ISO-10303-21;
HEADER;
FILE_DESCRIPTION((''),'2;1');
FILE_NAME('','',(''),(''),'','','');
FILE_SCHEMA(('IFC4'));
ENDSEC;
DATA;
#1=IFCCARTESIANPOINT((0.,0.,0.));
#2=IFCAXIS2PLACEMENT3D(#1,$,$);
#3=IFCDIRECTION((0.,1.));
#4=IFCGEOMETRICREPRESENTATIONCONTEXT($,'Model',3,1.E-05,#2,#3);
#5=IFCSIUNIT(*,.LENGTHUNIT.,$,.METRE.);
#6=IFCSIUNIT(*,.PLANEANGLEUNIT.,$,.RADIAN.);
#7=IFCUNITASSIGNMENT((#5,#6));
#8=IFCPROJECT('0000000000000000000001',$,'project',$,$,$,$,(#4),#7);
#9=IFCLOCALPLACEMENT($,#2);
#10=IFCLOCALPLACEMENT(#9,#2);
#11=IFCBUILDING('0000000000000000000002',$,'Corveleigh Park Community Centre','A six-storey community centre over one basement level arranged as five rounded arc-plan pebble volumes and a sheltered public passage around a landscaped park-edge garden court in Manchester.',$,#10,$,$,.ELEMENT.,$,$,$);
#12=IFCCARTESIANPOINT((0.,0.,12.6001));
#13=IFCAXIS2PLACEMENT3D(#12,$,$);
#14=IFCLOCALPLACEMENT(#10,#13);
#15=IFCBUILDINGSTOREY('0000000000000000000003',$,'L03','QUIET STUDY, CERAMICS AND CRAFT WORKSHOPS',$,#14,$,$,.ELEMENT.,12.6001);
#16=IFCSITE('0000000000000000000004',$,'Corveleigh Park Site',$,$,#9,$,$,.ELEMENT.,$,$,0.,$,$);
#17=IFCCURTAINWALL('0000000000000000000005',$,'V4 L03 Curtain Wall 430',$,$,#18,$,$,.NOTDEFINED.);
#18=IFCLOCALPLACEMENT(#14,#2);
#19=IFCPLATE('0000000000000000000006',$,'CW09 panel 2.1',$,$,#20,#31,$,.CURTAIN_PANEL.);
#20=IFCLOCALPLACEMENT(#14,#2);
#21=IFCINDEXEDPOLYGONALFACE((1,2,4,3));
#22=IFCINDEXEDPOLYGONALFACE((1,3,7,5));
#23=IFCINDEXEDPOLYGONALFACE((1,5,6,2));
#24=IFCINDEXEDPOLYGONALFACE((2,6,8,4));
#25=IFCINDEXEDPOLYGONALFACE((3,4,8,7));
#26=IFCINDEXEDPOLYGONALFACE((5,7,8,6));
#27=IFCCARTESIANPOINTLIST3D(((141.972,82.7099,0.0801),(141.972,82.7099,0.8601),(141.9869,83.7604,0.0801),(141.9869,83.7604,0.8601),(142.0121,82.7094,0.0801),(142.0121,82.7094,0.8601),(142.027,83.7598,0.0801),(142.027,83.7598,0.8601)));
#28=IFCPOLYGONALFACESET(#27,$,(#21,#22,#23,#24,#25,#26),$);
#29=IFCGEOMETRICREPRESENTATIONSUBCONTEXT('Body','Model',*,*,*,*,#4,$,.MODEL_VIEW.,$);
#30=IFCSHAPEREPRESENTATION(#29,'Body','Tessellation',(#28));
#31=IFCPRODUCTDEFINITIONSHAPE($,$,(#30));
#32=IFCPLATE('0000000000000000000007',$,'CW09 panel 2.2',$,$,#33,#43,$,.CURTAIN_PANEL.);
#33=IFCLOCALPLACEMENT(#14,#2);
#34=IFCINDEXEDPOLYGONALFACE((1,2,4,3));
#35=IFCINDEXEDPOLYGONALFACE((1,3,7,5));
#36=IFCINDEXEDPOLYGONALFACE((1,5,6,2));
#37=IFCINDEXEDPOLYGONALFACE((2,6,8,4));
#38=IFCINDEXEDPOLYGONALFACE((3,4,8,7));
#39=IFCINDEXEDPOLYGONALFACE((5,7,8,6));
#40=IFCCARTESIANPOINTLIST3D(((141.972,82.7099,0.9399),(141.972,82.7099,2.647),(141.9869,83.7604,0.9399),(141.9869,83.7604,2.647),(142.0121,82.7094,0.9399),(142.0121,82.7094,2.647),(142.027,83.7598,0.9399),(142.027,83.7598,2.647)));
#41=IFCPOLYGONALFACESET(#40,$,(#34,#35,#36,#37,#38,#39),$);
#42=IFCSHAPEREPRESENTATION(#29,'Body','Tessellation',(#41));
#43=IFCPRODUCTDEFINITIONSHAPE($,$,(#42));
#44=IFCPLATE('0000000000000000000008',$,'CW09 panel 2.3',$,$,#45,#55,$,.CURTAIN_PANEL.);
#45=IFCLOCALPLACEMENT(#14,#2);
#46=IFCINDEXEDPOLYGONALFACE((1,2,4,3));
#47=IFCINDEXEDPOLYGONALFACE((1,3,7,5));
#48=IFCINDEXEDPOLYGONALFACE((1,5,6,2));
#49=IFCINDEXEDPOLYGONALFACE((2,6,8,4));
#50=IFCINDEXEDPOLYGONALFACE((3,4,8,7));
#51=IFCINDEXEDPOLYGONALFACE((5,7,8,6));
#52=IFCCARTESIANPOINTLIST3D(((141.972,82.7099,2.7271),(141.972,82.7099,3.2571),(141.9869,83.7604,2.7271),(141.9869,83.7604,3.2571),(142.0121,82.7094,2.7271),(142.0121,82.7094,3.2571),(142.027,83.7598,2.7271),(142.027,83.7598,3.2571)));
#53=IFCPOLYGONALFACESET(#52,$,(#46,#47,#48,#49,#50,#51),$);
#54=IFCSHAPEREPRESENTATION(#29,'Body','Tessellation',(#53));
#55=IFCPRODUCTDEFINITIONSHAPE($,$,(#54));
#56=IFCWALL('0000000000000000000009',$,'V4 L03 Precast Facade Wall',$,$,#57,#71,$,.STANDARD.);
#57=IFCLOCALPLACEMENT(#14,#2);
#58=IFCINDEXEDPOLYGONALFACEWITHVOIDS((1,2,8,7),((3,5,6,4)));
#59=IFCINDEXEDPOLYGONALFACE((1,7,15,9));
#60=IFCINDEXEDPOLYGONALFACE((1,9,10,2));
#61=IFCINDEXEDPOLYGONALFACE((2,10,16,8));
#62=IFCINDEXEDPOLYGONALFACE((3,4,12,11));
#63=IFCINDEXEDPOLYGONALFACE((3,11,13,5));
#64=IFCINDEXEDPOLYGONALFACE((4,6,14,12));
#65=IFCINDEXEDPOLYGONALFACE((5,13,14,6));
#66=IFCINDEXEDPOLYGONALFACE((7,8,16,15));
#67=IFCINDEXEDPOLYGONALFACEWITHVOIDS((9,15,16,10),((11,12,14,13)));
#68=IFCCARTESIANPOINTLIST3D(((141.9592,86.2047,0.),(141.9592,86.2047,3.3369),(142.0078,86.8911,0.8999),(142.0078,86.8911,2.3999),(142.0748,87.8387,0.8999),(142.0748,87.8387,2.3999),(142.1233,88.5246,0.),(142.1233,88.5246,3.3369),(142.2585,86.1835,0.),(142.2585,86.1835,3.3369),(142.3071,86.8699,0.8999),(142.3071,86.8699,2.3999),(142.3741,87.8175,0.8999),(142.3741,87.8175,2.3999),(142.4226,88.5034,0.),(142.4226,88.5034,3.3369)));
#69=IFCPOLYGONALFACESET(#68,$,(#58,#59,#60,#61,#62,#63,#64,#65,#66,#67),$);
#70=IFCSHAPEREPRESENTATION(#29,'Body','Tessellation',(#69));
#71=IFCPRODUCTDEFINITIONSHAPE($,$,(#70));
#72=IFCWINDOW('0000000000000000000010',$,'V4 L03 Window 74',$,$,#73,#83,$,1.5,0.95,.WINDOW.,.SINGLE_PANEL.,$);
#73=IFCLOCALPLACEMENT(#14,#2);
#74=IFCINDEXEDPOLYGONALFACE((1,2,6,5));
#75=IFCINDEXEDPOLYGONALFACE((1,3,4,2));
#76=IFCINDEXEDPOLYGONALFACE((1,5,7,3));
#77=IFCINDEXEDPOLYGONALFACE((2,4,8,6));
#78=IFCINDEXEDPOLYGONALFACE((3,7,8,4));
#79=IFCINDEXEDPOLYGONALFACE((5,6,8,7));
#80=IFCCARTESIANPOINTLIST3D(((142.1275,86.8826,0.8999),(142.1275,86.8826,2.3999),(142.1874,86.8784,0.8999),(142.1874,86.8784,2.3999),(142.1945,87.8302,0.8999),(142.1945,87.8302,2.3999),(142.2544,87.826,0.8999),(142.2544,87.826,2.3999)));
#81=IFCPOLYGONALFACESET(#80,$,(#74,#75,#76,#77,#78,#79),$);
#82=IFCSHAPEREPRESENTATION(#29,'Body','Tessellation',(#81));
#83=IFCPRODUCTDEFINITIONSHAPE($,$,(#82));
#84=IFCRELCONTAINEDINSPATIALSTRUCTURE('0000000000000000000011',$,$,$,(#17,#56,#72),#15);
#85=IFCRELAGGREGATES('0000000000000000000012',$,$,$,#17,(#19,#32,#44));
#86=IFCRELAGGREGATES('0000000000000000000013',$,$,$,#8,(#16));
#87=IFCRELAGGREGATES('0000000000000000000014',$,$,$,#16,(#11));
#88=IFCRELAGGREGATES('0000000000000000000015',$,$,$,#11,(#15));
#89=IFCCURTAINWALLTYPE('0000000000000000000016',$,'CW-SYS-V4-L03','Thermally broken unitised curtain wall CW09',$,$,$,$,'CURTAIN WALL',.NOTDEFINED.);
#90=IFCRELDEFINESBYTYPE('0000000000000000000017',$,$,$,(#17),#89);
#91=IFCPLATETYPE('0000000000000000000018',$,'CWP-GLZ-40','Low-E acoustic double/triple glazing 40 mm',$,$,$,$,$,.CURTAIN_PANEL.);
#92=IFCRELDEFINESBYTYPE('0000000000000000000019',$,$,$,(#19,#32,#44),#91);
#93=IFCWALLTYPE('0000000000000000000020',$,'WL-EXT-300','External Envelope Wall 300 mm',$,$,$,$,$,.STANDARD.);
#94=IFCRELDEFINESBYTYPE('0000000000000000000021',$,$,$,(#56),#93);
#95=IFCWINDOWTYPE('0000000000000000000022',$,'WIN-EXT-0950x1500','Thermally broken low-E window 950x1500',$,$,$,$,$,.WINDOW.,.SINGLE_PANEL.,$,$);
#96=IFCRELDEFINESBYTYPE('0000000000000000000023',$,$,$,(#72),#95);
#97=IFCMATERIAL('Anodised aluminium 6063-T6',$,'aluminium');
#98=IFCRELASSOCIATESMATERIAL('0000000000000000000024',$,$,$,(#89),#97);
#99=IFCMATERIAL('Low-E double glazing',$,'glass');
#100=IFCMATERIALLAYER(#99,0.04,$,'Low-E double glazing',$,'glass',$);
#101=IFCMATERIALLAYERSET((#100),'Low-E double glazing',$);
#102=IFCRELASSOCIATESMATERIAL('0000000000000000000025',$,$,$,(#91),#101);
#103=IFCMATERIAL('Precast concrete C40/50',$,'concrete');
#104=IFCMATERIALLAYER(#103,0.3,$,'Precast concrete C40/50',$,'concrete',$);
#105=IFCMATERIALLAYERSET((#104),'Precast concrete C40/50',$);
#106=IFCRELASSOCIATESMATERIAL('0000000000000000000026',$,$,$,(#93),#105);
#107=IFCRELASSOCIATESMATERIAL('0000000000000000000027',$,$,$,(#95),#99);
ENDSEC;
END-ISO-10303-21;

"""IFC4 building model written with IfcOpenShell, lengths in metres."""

from ifc_helpers import new_model, si_unit, direction, frame, frame_2d, origin, origin_2d, place, context, subcontext, project, spatial, rectangle, extrude, material, layer, layer_set, type_object, element, fill, aggregate, save


model = new_model("IFC4")

# Units and contexts
model_context = context("Model", 3, precision=1e-05, world=origin(), true_north=direction((0.0, 1.0)))
body_context = subcontext(model_context, "Body", "Model", "MODEL_VIEW")
ifc_project = project(units=[si_unit("LENGTHUNIT", "METRE"), si_unit("PLANEANGLEUNIT", "RADIAN")], contexts=[model_context])

# Site, building, storey
site_placement = place(None, origin())
site = spatial("IfcSite", under=ifc_project, at=site_placement, Name="Corveleigh Park Site", CompositionType="ELEMENT", RefElevation=0.0)
building_placement = place(site_placement, origin())
building = spatial("IfcBuilding", under=site, at=building_placement, Name="Corveleigh Park Community Centre", Description="A six-storey community centre over one basement level arranged as five rounded arc-plan pebble volumes and a sheltered public passage around a landscaped park-edge garden court in Manchester.", CompositionType="ELEMENT")
storey_placement = place(building_placement, frame((0.0, 0.0, 12.6001)))
storey = spatial("IfcBuildingStorey", under=building, at=storey_placement, Name="L03", Description="QUIET STUDY, CERAMICS AND CRAFT WORKSHOPS", CompositionType="ELEMENT", Elevation=12.6001)

# Shared definitions
ifc_material_1 = material(Name="Anodised aluminium 6063-T6", Category="aluminium")
curtain_wall_type = type_object("IfcCurtainWallType", Name="CW-SYS-V4-L03", Description="Thermally broken unitised curtain wall CW09", ElementType="CURTAIN WALL", PredefinedType="NOTDEFINED", material=ifc_material_1)

# Curtain wall
curtain_wall_1_placement = place(storey_placement, origin())
curtain_wall_1 = element("IfcCurtainWall", 1, at=curtain_wall_1_placement, inside=storey, type_object=curtain_wall_type, Name="V4 L03 Curtain Wall 430", PredefinedType="NOTDEFINED")

# Plates
ifc_material_2 = material(Name="Low-E double glazing", Category="glass")
ifc_layer_1 = layer(ifc_material_2, 0.04, Name="Low-E double glazing", Category="glass")
ifc_layer_set_1 = layer_set([ifc_layer_1], Name="Low-E double glazing")
plate_type = type_object("IfcPlateType", Name="CWP-GLZ-40", Description="Low-E acoustic double/triple glazing 40 mm", PredefinedType="CURTAIN_PANEL", material=ifc_layer_set_1)
plate_1_placement = place(storey_placement, frame((141.9995, 83.2349, 0.0801), z_axis=(0.0, 0.0, 1.0), x_axis=(0.014186, 0.999899, 0.0)))
plate_1 = element("IfcPlate", 2, at=plate_1_placement, type_object=plate_type, Name="CW09 panel 2.1", PredefinedType="CURTAIN_PANEL", context=body_context, shape_type="SweptSolid", body=[
    extrude(rectangle(XDim=1.0505, YDim=0.04, at=origin_2d()), origin(), (0.0, 0.0, 1.0), 0.78),
])
plate_2_placement = place(storey_placement, frame((141.9995, 83.2349, 0.9399), z_axis=(0.0, 0.0, 1.0), x_axis=(0.014186, 0.999899, 0.0)))
plate_2 = element("IfcPlate", 3, at=plate_2_placement, type_object=plate_type, Name="CW09 panel 2.2", PredefinedType="CURTAIN_PANEL", context=body_context, shape_type="SweptSolid", body=[
    extrude(rectangle(XDim=1.0505, YDim=0.04, at=origin_2d()), origin(), (0.0, 0.0, 1.0), 1.707),
])
plate_3_placement = place(storey_placement, frame((141.9995, 83.2349, 2.7271), z_axis=(0.0, 0.0, 1.0), x_axis=(0.014186, 0.999899, 0.0)))
plate_3 = element("IfcPlate", 4, at=plate_3_placement, type_object=plate_type, Name="CW09 panel 2.3", PredefinedType="CURTAIN_PANEL", context=body_context, shape_type="SweptSolid", body=[
    extrude(rectangle(XDim=1.0505, YDim=0.04, at=origin_2d()), origin(), (0.0, 0.0, 1.0), 0.53),
])
aggregate(curtain_wall_1, [plate_1, plate_2, plate_3])

# Wall, opening, window
ifc_material_3 = material(Name="Precast concrete C40/50", Category="concrete")
ifc_layer_2 = layer(ifc_material_3, 0.3, Name="Precast concrete C40/50", Category="concrete")
ifc_layer_set_2 = layer_set([ifc_layer_2], Name="Precast concrete C40/50")
wall_type = type_object("IfcWallType", Name="WL-EXT-300", Description="External Envelope Wall 300 mm", PredefinedType="STANDARD", material=ifc_layer_set_2)
wall_placement = place(storey_placement, frame((142.1089, 86.1941, 0.0), z_axis=(0.0, 0.0, 1.0), x_axis=(0.070546, 0.997509, 0.0)))
wall = element("IfcWall", 5, at=wall_placement, inside=storey, type_object=wall_type, Name="V4 L03 Precast Facade Wall", PredefinedType="STANDARD", context=body_context, shape_type="SweptSolid", body=[
    extrude(rectangle(XDim=2.3257, YDim=0.3, at=frame_2d((1.1628, 0.0))), origin(), (0.0, 0.0, 1.0), 3.3369),
])
opening_placement = place(wall_placement, frame((0.688, 0.0, 0.8999)))
opening = element("IfcOpeningElement", 6, at=opening_placement, cuts=wall, PredefinedType="OPENING", context=body_context, shape_type="SweptSolid", body=[
    extrude(rectangle(XDim=0.95, YDim=1.5, at=frame_2d((0.4751, 0.75))), frame((0.0, 0.1599, 0.0), z_axis=(0.0, -1.0, 0.0), x_axis=(1.0, 0.0, 0.0)), (0.0, 0.0, 1.0), 0.3201),
])
window_type = type_object("IfcWindowType", Name="WIN-EXT-0950x1500", Description="Thermally broken low-E window 950x1500", PartitioningType="SINGLE_PANEL", PredefinedType="WINDOW", material=ifc_material_2)
window_placement = place(opening_placement, origin())
window = element("IfcWindow", 7, at=window_placement, inside=storey, type_object=window_type, Name="V4 L03 Window 74", OverallHeight=1.5, OverallWidth=0.95, PartitioningType="SINGLE_PANEL", PredefinedType="WINDOW", context=body_context, shape_type="SweptSolid", body=[
    extrude(rectangle(XDim=0.95, YDim=1.5, at=frame_2d((0.4751, 0.75))), frame((0.0, 0.03, 0.0), z_axis=(0.0, -1.0, 0.0), x_axis=(1.0, 0.0, 0.0)), (0.0, 0.0, 1.0), 0.0601),
])
fill(opening, window)

save(model, "model.ifc")
